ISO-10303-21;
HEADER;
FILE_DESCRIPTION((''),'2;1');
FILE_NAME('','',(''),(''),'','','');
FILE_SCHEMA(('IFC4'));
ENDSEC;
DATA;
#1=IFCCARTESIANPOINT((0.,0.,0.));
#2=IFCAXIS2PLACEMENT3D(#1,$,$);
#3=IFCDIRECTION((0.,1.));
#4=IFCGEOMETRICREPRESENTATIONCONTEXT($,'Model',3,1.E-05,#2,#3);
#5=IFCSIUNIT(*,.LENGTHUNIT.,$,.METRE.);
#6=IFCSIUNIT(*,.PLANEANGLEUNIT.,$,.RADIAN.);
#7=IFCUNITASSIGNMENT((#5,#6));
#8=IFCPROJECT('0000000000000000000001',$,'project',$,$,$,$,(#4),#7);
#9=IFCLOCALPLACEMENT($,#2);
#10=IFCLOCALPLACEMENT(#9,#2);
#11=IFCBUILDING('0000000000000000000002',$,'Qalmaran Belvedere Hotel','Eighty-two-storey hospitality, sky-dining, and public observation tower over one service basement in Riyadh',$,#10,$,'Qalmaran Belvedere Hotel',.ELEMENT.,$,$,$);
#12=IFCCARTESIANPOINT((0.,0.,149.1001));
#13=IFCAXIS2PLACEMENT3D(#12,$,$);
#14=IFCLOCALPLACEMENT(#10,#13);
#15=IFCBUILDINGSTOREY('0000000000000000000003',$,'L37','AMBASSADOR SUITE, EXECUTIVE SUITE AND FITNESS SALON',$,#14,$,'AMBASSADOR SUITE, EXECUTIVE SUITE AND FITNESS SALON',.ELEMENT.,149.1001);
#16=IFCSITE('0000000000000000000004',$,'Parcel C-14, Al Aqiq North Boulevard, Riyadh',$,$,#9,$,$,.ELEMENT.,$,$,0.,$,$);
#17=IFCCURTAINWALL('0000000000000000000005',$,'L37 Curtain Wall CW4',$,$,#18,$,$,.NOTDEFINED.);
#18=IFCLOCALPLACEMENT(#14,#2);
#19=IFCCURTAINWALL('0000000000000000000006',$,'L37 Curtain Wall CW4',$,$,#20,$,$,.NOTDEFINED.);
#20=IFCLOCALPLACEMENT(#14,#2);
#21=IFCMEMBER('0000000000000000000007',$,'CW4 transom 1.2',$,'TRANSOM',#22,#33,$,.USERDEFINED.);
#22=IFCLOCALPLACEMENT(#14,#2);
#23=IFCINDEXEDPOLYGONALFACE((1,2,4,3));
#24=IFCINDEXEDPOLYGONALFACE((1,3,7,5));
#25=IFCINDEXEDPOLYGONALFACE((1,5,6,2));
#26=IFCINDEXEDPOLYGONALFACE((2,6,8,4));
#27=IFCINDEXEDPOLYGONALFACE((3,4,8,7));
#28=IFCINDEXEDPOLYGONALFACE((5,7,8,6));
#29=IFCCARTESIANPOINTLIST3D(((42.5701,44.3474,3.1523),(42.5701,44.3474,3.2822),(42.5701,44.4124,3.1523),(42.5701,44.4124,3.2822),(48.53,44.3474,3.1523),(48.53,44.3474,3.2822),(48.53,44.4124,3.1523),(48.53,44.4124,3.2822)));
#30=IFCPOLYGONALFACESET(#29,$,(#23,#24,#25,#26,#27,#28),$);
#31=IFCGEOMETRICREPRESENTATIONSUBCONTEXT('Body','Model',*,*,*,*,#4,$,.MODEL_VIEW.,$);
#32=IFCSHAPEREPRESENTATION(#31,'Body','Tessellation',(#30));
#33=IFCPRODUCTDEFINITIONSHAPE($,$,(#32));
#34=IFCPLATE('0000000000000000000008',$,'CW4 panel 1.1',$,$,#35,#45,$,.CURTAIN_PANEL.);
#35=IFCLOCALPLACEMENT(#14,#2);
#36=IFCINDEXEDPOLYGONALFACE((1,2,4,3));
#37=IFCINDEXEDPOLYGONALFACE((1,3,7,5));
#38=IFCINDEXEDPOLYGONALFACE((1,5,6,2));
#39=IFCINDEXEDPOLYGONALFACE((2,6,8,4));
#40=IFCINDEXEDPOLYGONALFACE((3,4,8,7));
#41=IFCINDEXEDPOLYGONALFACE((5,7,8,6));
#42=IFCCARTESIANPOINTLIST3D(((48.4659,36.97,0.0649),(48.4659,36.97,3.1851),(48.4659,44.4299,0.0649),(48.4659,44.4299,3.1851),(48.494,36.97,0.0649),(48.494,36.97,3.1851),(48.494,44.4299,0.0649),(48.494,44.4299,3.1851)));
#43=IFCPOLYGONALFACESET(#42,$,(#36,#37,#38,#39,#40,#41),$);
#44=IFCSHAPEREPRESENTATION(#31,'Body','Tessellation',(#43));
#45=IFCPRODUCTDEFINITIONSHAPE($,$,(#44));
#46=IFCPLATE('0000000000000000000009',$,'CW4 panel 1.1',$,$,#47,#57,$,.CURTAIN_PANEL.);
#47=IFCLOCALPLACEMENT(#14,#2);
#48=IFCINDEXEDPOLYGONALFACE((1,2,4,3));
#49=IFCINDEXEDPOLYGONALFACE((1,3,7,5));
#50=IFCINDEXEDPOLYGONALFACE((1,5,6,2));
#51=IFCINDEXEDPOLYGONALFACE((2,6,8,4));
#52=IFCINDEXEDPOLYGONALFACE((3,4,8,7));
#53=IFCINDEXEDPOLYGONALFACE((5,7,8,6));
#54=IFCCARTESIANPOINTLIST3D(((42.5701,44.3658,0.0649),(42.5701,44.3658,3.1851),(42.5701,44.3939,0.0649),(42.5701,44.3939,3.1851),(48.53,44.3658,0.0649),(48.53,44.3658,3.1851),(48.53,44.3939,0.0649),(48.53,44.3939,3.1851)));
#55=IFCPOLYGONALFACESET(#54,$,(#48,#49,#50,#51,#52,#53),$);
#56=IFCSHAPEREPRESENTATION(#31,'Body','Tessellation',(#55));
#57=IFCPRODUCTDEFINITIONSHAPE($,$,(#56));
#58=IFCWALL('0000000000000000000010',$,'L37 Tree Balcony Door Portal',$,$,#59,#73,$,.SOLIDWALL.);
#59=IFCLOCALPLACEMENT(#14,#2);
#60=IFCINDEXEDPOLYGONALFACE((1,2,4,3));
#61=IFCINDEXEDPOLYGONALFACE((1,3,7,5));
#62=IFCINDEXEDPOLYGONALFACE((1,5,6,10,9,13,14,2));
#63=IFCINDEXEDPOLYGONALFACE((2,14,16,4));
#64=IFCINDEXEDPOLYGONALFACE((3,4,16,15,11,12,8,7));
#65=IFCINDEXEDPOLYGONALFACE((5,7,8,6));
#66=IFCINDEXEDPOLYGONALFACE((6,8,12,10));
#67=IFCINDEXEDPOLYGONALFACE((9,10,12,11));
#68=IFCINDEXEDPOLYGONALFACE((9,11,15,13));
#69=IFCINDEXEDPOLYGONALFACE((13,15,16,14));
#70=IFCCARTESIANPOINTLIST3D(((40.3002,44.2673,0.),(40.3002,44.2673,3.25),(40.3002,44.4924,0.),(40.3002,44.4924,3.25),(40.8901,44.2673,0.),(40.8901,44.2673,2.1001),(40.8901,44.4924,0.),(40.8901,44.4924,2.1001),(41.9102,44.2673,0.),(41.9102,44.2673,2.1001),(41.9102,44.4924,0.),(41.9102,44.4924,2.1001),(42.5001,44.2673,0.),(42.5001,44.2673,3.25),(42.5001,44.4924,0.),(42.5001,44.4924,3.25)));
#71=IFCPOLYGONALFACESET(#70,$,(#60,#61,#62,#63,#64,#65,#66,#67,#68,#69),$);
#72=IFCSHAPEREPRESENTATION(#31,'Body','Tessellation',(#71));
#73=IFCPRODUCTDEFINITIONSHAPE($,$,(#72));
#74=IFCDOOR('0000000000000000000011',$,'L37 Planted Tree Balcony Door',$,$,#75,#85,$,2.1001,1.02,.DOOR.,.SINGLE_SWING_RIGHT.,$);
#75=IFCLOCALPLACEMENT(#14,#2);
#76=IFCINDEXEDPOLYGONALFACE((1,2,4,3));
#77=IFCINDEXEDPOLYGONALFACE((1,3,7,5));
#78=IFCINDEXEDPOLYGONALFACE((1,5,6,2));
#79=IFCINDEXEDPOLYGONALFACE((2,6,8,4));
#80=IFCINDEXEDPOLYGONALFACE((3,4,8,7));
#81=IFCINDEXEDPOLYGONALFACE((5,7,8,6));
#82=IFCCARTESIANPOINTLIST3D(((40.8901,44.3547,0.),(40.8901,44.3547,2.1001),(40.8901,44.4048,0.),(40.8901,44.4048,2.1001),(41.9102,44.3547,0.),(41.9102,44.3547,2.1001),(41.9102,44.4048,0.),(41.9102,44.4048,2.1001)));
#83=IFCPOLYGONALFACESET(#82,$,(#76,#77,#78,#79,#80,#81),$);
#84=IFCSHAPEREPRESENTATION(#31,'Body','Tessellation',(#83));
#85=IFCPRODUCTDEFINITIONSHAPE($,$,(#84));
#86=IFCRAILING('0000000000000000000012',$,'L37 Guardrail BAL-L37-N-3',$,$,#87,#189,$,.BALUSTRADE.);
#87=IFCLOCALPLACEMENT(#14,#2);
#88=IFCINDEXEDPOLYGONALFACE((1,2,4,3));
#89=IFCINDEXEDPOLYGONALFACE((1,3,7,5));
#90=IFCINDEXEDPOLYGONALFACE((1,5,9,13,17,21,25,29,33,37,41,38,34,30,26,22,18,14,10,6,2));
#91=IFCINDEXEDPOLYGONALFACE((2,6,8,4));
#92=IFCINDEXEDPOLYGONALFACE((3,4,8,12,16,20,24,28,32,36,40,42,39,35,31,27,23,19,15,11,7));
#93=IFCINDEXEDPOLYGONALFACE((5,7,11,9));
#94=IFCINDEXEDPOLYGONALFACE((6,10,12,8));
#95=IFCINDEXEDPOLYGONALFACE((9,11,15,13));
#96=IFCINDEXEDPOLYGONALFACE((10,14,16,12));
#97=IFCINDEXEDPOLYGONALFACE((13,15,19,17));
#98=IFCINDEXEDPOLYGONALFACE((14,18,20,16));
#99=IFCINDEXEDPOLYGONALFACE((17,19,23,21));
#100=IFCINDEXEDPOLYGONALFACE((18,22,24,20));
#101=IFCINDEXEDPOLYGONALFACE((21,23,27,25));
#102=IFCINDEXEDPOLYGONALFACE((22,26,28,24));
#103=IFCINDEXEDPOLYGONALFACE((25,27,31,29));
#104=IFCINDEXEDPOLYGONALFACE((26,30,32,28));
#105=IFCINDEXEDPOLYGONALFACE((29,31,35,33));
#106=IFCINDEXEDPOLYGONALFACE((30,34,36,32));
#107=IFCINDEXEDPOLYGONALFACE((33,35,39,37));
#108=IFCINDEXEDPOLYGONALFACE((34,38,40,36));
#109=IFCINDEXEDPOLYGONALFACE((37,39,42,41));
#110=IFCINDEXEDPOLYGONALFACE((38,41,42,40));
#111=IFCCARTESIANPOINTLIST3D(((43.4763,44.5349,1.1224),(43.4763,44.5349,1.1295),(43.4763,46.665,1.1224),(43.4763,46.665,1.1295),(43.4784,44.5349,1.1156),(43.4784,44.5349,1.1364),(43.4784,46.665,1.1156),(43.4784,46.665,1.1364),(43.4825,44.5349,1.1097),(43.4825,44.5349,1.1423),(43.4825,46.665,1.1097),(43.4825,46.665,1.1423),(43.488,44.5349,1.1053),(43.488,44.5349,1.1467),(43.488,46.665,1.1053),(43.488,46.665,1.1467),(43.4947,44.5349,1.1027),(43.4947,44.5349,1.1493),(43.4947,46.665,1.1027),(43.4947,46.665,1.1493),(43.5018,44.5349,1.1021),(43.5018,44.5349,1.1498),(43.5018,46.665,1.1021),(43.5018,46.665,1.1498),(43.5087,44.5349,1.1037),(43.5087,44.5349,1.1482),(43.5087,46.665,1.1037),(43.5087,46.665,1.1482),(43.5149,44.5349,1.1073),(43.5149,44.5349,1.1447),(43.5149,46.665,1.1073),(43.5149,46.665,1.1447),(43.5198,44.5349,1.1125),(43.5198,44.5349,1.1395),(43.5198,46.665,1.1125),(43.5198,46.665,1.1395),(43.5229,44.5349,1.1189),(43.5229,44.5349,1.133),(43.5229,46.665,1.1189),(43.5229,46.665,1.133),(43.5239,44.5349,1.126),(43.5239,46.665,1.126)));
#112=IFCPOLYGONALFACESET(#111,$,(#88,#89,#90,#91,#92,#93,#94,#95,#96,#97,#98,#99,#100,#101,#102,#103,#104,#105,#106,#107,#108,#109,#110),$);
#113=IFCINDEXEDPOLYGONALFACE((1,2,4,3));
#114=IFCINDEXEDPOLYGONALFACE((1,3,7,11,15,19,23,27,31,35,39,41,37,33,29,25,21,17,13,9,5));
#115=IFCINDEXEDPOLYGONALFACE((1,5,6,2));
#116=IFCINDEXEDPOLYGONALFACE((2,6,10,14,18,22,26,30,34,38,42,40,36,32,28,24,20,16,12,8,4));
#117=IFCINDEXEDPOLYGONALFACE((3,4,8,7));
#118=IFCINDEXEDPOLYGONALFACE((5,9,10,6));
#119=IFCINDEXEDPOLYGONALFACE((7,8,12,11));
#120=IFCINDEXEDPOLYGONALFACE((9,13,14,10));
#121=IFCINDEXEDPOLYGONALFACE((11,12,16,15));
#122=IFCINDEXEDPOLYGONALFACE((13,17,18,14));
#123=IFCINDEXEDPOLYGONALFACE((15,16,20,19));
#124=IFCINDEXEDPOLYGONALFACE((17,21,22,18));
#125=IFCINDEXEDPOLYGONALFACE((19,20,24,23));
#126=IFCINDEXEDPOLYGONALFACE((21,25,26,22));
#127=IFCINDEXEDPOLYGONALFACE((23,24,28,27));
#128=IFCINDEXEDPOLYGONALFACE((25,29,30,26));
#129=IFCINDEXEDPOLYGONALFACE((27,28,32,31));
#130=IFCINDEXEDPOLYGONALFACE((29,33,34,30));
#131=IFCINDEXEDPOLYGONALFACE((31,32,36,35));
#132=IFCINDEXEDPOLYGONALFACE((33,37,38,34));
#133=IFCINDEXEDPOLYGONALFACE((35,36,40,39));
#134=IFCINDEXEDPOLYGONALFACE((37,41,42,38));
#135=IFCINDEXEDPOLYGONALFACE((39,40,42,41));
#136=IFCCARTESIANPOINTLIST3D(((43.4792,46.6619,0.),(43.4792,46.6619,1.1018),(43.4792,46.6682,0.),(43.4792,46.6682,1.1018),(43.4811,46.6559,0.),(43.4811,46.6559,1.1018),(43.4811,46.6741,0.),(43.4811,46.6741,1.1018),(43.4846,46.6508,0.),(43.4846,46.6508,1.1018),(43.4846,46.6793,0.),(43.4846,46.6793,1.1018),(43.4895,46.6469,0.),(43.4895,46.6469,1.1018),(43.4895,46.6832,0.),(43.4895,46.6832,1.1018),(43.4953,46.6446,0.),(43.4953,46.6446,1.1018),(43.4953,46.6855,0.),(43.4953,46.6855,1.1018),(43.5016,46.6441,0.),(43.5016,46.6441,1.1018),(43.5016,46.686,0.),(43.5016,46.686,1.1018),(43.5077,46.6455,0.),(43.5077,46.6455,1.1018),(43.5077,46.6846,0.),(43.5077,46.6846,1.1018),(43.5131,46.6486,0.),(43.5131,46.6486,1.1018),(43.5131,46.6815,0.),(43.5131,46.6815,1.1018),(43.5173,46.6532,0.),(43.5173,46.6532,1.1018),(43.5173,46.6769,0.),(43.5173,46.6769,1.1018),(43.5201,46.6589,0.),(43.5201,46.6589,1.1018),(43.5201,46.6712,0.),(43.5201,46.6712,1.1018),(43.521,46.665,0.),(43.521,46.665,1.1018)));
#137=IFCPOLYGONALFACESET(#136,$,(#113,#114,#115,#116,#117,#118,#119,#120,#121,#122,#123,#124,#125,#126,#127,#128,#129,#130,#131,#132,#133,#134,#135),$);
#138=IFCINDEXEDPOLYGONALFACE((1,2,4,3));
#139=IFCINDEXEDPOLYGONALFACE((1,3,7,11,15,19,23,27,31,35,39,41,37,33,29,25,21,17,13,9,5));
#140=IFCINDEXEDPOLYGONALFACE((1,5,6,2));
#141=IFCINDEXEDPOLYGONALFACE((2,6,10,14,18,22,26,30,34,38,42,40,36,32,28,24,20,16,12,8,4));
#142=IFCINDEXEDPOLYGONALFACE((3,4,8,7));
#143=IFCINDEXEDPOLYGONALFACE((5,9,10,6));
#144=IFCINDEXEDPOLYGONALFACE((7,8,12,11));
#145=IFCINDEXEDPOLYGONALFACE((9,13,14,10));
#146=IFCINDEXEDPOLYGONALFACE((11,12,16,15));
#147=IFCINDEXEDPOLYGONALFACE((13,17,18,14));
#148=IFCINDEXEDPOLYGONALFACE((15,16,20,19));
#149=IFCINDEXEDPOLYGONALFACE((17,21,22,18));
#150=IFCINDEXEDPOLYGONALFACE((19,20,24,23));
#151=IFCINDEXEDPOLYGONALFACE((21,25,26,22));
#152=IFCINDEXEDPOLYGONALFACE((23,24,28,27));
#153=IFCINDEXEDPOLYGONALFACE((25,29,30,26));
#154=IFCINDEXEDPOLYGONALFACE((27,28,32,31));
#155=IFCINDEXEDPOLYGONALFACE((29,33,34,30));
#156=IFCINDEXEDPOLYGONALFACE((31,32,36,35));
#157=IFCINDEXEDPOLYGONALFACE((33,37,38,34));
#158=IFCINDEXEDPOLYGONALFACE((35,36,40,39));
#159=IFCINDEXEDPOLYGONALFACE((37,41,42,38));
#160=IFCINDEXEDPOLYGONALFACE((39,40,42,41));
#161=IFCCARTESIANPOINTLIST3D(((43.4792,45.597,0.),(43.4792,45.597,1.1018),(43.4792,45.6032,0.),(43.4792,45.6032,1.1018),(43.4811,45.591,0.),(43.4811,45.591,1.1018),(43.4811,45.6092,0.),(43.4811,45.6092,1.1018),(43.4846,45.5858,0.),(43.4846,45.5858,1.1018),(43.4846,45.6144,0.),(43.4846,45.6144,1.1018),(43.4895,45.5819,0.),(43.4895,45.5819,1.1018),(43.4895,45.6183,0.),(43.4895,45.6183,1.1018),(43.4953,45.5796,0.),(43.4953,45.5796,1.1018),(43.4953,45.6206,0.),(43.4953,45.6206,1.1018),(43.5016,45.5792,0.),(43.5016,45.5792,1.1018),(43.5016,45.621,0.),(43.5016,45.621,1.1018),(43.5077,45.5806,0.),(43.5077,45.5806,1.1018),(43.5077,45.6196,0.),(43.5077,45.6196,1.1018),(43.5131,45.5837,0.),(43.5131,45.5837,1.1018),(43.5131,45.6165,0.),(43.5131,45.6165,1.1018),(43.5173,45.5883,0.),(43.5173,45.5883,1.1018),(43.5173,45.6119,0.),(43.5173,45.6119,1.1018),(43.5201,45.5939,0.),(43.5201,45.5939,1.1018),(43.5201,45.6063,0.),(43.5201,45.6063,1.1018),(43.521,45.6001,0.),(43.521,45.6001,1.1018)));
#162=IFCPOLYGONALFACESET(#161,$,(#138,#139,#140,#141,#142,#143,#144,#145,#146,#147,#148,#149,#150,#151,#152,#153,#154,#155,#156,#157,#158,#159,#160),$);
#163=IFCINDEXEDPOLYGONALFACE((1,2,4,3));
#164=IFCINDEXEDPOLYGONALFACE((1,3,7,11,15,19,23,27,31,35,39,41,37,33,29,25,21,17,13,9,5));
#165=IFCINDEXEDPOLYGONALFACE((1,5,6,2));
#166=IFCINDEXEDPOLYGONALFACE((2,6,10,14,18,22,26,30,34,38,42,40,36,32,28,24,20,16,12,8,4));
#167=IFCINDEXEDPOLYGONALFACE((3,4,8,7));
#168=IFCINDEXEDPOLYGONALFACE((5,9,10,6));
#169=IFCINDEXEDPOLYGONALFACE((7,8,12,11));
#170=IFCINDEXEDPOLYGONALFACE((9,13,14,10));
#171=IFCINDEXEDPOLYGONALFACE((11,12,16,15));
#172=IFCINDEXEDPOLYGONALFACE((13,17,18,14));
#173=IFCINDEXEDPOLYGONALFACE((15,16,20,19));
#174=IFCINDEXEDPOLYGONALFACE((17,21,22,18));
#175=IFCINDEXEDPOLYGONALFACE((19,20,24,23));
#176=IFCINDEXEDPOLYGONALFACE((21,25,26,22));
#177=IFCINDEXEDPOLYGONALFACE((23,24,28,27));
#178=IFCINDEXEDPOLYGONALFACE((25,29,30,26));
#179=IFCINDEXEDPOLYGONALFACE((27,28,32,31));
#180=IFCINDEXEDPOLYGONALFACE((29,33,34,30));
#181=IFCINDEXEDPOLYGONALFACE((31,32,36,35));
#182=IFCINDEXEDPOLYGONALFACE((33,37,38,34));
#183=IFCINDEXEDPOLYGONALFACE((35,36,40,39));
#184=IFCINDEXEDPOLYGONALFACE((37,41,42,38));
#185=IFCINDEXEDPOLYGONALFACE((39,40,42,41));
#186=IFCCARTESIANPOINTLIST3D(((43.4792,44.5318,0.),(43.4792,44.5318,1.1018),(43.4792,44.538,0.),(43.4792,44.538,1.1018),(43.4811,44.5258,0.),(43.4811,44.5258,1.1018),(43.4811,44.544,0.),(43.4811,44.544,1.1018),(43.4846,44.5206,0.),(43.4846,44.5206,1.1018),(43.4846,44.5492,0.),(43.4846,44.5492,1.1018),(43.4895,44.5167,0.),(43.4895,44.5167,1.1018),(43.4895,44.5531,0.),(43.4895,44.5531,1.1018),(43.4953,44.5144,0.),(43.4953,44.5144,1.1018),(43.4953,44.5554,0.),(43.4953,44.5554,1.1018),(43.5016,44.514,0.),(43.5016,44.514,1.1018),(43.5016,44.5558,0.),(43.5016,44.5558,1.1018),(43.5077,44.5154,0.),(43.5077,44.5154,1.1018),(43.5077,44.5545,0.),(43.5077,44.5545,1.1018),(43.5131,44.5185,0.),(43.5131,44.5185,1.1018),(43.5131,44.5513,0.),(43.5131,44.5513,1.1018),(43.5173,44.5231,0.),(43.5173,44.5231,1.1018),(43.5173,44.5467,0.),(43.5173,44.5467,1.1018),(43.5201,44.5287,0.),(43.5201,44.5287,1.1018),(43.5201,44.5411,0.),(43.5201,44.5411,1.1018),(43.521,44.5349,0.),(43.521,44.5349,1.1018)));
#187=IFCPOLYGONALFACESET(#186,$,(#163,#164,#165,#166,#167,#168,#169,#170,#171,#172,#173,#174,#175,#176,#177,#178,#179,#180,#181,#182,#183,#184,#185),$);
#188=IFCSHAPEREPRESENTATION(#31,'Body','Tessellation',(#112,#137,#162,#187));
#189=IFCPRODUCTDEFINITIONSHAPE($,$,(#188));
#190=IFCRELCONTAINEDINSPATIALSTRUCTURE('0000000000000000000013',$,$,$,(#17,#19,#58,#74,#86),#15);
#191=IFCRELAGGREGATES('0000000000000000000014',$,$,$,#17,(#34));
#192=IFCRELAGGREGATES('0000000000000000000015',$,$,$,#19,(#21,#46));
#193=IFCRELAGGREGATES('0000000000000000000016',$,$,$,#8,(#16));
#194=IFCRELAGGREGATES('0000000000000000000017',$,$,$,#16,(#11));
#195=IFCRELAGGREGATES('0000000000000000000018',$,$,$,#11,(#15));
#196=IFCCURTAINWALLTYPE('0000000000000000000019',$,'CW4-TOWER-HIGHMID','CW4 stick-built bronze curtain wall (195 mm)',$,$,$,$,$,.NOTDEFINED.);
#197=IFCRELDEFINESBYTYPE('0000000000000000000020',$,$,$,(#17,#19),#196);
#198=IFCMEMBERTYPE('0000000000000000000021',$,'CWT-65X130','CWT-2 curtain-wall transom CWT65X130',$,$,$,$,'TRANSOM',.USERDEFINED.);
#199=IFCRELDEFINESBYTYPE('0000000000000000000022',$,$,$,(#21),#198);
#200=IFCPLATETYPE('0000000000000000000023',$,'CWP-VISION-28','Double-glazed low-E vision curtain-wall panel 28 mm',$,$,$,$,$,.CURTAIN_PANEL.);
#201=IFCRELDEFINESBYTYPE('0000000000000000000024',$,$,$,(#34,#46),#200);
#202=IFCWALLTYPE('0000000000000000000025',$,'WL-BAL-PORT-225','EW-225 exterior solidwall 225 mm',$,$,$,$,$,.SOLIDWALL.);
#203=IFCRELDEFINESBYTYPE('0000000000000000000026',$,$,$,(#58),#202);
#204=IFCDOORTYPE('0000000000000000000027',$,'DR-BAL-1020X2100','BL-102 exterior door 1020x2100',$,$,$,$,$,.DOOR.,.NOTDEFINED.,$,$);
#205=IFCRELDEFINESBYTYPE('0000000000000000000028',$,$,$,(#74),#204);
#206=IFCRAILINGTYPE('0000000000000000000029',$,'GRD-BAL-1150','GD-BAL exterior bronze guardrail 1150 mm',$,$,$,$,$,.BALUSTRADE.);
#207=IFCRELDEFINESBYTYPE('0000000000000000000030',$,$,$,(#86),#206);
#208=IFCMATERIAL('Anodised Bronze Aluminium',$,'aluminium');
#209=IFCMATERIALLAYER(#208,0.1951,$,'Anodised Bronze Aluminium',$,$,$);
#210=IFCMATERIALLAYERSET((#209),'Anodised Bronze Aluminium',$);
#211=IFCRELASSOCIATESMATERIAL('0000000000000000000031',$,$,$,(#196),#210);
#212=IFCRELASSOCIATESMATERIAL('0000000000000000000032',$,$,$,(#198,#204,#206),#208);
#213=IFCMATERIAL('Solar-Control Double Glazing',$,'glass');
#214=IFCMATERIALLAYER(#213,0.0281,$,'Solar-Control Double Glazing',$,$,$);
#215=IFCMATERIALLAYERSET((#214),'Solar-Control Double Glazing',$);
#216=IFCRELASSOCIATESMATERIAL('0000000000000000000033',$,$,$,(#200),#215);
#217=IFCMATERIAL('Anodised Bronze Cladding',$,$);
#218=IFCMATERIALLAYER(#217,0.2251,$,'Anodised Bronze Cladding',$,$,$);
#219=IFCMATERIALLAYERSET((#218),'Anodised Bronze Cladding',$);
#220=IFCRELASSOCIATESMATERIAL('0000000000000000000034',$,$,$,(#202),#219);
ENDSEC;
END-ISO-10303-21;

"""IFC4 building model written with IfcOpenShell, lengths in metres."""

from ifc_helpers import new_model, si_unit, direction, frame, frame_2d, origin, origin_2d, place, context, subcontext, project, spatial, rectangle, circle, extrude, material, layer, layer_set, material_profile, profile_set, type_object, element, fill, aggregate, save


model = new_model("IFC4")

# Units and contexts
model_context = context("Model", 3, precision=1e-05, world=origin(), true_north=direction((0.0, 1.0)))
body_context = subcontext(model_context, "Body", "Model", "MODEL_VIEW")
ifc_project = project(units=[si_unit("LENGTHUNIT", "METRE"), si_unit("PLANEANGLEUNIT", "RADIAN")], contexts=[model_context])

# Site, building, storey
site_placement = place(None, origin())
site = spatial("IfcSite", under=ifc_project, at=site_placement, Name="Parcel C-14, Al Aqiq North Boulevard, Riyadh", CompositionType="ELEMENT", RefElevation=0.0)
building_placement = place(site_placement, origin())
building = spatial("IfcBuilding", under=site, at=building_placement, Name="Qalmaran Belvedere Hotel", Description="Eighty-two-storey hospitality, sky-dining, and public observation tower over one service basement in Riyadh", LongName="Qalmaran Belvedere Hotel", CompositionType="ELEMENT")
storey_placement = place(building_placement, frame((0.0, 0.0, 149.1001)))
storey = spatial("IfcBuildingStorey", under=building, at=storey_placement, Name="L37", Description="AMBASSADOR SUITE, EXECUTIVE SUITE AND FITNESS SALON", LongName="AMBASSADOR SUITE, EXECUTIVE SUITE AND FITNESS SALON", CompositionType="ELEMENT", Elevation=149.1001)

# Shared definitions
ifc_material_1 = material(Name="Anodised Bronze Aluminium", Category="aluminium")
ifc_layer_1 = layer(ifc_material_1, 0.1951, Name="Anodised Bronze Aluminium")
ifc_layer_set_1 = layer_set([ifc_layer_1], Name="Anodised Bronze Aluminium")
curtain_wall_type = type_object("IfcCurtainWallType", Name="CW4-TOWER-HIGHMID", Description="CW4 stick-built bronze curtain wall (195 mm)", PredefinedType="NOTDEFINED", material=ifc_layer_set_1)

# Curtain wall
curtain_wall_1_placement = place(storey_placement, origin())
curtain_wall_1 = element("IfcCurtainWall", 1, at=curtain_wall_1_placement, inside=storey, type_object=curtain_wall_type, Name="L37 Curtain Wall CW4", PredefinedType="NOTDEFINED")

# Curtain wall
curtain_wall_2_placement = place(storey_placement, origin())
curtain_wall_2 = element("IfcCurtainWall", 2, at=curtain_wall_2_placement, inside=storey, type_object=curtain_wall_type, Name="L37 Curtain Wall CW4", PredefinedType="NOTDEFINED")

# Member
ifc_material_profile_1 = material_profile(ifc_material_1, rectangle(XDim=0.0649, YDim=0.1299, at=origin_2d()), Name="CWT65X130")
ifc_profile_set_1 = profile_set([ifc_material_profile_1], Name="Anodised Bronze Aluminium")
member_type_1 = type_object("IfcMemberType", Name="CWT-65X130", Description="CWT-2 curtain-wall transom CWT65X130", ElementType="TRANSOM", PredefinedType="USERDEFINED", material=ifc_profile_set_1)
member_1_placement = place(storey_placement, frame((48.53, 44.3799, 3.2173), z_axis=(-1.0, 0.0, 0.0), x_axis=(0.0, -1.0, 0.0)))
member_1 = element("IfcMember", 3, at=member_1_placement, type_object=member_type_1, Name="CW4 transom 1.2", ObjectType="TRANSOM", PredefinedType="USERDEFINED", context=body_context, shape_type="SweptSolid", body=[
    extrude(rectangle(XDim=0.0649, YDim=0.1299, at=origin_2d()), origin(), (0.0, 0.0, 1.0), 5.96),
])

# Plates
ifc_material_2 = material(Name="Solar-Control Double Glazing", Category="glass")
ifc_layer_2 = layer(ifc_material_2, 0.0281, Name="Solar-Control Double Glazing")
ifc_layer_set_2 = layer_set([ifc_layer_2], Name="Solar-Control Double Glazing")
plate_type = type_object("IfcPlateType", Name="CWP-VISION-28", Description="Double-glazed low-E vision curtain-wall panel 28 mm", PredefinedType="CURTAIN_PANEL", material=ifc_layer_set_2)
plate_1_placement = place(storey_placement, frame((48.48, 40.7, 0.0649), z_axis=(0.0, 0.0, 1.0), x_axis=(0.0, 1.0, 0.0)))
plate_1 = element("IfcPlate", 4, at=plate_1_placement, type_object=plate_type, Name="CW4 panel 1.1", PredefinedType="CURTAIN_PANEL", context=body_context, shape_type="SweptSolid", body=[
    extrude(rectangle(XDim=7.46, YDim=0.0281, at=origin_2d()), origin(), (0.0, 0.0, 1.0), 3.1201),
])
aggregate(curtain_wall_1, [plate_1])
plate_2_placement = place(storey_placement, frame((45.55, 44.3799, 0.0649), z_axis=(0.0, 0.0, 1.0), x_axis=(-1.0, 0.0, 0.0)))
plate_2 = element("IfcPlate", 5, at=plate_2_placement, type_object=plate_type, Name="CW4 panel 1.1", PredefinedType="CURTAIN_PANEL", context=body_context, shape_type="SweptSolid", body=[
    extrude(rectangle(XDim=5.96, YDim=0.0281, at=origin_2d()), origin(), (0.0, 0.0, 1.0), 3.1201),
])
aggregate(curtain_wall_2, [member_1, plate_2])

# Wall, opening, door
ifc_material_3 = material(Name="Anodised Bronze Cladding")
ifc_layer_3 = layer(ifc_material_3, 0.2251, Name="Anodised Bronze Cladding")
ifc_layer_set_3 = layer_set([ifc_layer_3], Name="Anodised Bronze Cladding")
wall_type = type_object("IfcWallType", Name="WL-BAL-PORT-225", Description="EW-225 exterior solidwall 225 mm", PredefinedType="SOLIDWALL", material=ifc_layer_set_3)
wall_placement = place(storey_placement, frame((40.3, 44.3799, 0.0), z_axis=(0.0, 0.0, 1.0), x_axis=(1.0, 0.0, 0.0)))
wall = element("IfcWall", 6, at=wall_placement, inside=storey, type_object=wall_type, Name="L37 Tree Balcony Door Portal", PredefinedType="SOLIDWALL", context=body_context, shape_type="SweptSolid", body=[
    extrude(rectangle(XDim=2.2, YDim=0.2251, at=frame_2d((1.1001, 0.0))), origin(), (0.0, 0.0, 1.0), 3.25),
])
opening_placement = place(wall_placement, frame((0.5901, 0.0, 0.0)))
opening = element("IfcOpeningElement", 7, at=opening_placement, cuts=wall, PredefinedType="OPENING", context=body_context, shape_type="SweptSolid", body=[
    extrude(rectangle(XDim=1.02, YDim=2.1001, at=frame_2d((0.51, 1.05))), frame((0.0, 0.1226, 0.0), z_axis=(0.0, -1.0, 0.0), x_axis=(1.0, 0.0, 0.0)), (0.0, 0.0, 1.0), 0.2451),
])
door_type = type_object("IfcDoorType", Name="DR-BAL-1020X2100", Description="BL-102 exterior door 1020x2100", OperationType="NOTDEFINED", PredefinedType="DOOR", material=ifc_material_1)
door_placement = place(opening_placement, origin())
door = element("IfcDoor", 8, at=door_placement, inside=storey, type_object=door_type, Name="L37 Planted Tree Balcony Door", OperationType="SINGLE_SWING_RIGHT", OverallHeight=2.1001, OverallWidth=1.02, PredefinedType="DOOR", context=body_context, shape_type="SweptSolid", body=[
    extrude(rectangle(XDim=1.02, YDim=2.1001, at=frame_2d((0.51, 1.05))), frame((0.0, 0.0249, 0.0), z_axis=(0.0, -1.0, 0.0), x_axis=(1.0, 0.0, 0.0)), (0.0, 0.0, 1.0), 0.05),
])
fill(opening, door)

# Railing
railing_type = type_object("IfcRailingType", Name="GRD-BAL-1150", Description="GD-BAL exterior bronze guardrail 1150 mm", PredefinedType="BALUSTRADE", material=ifc_material_1)
railing_placement = place(storey_placement, frame((43.5, 46.665, 0.0)))
element("IfcRailing", 9, at=railing_placement, inside=storey, type_object=railing_type, Name="L37 Guardrail BAL-L37-N-3", PredefinedType="BALUSTRADE", context=body_context, shape_type="SweptSolid", body=[
    extrude(circle(Radius=0.0239, at=origin_2d()), frame((0.0, 0.0, 1.126), z_axis=(0.0, -1.0, 0.0), x_axis=(1.0, 0.0, 0.0)), (0.0, 0.0, 1.0), 2.1301),
    extrude(circle(Radius=0.021, at=origin_2d()), origin(), (0.0, 0.0, 1.0), 1.1018),
    extrude(circle(Radius=0.021, at=origin_2d()), frame((0.0, -1.0649, 0.0)), (0.0, 0.0, 1.0), 1.1018),
    extrude(circle(Radius=0.021, at=origin_2d()), frame((0.0, -2.1301, 0.0)), (0.0, 0.0, 1.0), 1.1018),
])

save(model, "model.ifc")
